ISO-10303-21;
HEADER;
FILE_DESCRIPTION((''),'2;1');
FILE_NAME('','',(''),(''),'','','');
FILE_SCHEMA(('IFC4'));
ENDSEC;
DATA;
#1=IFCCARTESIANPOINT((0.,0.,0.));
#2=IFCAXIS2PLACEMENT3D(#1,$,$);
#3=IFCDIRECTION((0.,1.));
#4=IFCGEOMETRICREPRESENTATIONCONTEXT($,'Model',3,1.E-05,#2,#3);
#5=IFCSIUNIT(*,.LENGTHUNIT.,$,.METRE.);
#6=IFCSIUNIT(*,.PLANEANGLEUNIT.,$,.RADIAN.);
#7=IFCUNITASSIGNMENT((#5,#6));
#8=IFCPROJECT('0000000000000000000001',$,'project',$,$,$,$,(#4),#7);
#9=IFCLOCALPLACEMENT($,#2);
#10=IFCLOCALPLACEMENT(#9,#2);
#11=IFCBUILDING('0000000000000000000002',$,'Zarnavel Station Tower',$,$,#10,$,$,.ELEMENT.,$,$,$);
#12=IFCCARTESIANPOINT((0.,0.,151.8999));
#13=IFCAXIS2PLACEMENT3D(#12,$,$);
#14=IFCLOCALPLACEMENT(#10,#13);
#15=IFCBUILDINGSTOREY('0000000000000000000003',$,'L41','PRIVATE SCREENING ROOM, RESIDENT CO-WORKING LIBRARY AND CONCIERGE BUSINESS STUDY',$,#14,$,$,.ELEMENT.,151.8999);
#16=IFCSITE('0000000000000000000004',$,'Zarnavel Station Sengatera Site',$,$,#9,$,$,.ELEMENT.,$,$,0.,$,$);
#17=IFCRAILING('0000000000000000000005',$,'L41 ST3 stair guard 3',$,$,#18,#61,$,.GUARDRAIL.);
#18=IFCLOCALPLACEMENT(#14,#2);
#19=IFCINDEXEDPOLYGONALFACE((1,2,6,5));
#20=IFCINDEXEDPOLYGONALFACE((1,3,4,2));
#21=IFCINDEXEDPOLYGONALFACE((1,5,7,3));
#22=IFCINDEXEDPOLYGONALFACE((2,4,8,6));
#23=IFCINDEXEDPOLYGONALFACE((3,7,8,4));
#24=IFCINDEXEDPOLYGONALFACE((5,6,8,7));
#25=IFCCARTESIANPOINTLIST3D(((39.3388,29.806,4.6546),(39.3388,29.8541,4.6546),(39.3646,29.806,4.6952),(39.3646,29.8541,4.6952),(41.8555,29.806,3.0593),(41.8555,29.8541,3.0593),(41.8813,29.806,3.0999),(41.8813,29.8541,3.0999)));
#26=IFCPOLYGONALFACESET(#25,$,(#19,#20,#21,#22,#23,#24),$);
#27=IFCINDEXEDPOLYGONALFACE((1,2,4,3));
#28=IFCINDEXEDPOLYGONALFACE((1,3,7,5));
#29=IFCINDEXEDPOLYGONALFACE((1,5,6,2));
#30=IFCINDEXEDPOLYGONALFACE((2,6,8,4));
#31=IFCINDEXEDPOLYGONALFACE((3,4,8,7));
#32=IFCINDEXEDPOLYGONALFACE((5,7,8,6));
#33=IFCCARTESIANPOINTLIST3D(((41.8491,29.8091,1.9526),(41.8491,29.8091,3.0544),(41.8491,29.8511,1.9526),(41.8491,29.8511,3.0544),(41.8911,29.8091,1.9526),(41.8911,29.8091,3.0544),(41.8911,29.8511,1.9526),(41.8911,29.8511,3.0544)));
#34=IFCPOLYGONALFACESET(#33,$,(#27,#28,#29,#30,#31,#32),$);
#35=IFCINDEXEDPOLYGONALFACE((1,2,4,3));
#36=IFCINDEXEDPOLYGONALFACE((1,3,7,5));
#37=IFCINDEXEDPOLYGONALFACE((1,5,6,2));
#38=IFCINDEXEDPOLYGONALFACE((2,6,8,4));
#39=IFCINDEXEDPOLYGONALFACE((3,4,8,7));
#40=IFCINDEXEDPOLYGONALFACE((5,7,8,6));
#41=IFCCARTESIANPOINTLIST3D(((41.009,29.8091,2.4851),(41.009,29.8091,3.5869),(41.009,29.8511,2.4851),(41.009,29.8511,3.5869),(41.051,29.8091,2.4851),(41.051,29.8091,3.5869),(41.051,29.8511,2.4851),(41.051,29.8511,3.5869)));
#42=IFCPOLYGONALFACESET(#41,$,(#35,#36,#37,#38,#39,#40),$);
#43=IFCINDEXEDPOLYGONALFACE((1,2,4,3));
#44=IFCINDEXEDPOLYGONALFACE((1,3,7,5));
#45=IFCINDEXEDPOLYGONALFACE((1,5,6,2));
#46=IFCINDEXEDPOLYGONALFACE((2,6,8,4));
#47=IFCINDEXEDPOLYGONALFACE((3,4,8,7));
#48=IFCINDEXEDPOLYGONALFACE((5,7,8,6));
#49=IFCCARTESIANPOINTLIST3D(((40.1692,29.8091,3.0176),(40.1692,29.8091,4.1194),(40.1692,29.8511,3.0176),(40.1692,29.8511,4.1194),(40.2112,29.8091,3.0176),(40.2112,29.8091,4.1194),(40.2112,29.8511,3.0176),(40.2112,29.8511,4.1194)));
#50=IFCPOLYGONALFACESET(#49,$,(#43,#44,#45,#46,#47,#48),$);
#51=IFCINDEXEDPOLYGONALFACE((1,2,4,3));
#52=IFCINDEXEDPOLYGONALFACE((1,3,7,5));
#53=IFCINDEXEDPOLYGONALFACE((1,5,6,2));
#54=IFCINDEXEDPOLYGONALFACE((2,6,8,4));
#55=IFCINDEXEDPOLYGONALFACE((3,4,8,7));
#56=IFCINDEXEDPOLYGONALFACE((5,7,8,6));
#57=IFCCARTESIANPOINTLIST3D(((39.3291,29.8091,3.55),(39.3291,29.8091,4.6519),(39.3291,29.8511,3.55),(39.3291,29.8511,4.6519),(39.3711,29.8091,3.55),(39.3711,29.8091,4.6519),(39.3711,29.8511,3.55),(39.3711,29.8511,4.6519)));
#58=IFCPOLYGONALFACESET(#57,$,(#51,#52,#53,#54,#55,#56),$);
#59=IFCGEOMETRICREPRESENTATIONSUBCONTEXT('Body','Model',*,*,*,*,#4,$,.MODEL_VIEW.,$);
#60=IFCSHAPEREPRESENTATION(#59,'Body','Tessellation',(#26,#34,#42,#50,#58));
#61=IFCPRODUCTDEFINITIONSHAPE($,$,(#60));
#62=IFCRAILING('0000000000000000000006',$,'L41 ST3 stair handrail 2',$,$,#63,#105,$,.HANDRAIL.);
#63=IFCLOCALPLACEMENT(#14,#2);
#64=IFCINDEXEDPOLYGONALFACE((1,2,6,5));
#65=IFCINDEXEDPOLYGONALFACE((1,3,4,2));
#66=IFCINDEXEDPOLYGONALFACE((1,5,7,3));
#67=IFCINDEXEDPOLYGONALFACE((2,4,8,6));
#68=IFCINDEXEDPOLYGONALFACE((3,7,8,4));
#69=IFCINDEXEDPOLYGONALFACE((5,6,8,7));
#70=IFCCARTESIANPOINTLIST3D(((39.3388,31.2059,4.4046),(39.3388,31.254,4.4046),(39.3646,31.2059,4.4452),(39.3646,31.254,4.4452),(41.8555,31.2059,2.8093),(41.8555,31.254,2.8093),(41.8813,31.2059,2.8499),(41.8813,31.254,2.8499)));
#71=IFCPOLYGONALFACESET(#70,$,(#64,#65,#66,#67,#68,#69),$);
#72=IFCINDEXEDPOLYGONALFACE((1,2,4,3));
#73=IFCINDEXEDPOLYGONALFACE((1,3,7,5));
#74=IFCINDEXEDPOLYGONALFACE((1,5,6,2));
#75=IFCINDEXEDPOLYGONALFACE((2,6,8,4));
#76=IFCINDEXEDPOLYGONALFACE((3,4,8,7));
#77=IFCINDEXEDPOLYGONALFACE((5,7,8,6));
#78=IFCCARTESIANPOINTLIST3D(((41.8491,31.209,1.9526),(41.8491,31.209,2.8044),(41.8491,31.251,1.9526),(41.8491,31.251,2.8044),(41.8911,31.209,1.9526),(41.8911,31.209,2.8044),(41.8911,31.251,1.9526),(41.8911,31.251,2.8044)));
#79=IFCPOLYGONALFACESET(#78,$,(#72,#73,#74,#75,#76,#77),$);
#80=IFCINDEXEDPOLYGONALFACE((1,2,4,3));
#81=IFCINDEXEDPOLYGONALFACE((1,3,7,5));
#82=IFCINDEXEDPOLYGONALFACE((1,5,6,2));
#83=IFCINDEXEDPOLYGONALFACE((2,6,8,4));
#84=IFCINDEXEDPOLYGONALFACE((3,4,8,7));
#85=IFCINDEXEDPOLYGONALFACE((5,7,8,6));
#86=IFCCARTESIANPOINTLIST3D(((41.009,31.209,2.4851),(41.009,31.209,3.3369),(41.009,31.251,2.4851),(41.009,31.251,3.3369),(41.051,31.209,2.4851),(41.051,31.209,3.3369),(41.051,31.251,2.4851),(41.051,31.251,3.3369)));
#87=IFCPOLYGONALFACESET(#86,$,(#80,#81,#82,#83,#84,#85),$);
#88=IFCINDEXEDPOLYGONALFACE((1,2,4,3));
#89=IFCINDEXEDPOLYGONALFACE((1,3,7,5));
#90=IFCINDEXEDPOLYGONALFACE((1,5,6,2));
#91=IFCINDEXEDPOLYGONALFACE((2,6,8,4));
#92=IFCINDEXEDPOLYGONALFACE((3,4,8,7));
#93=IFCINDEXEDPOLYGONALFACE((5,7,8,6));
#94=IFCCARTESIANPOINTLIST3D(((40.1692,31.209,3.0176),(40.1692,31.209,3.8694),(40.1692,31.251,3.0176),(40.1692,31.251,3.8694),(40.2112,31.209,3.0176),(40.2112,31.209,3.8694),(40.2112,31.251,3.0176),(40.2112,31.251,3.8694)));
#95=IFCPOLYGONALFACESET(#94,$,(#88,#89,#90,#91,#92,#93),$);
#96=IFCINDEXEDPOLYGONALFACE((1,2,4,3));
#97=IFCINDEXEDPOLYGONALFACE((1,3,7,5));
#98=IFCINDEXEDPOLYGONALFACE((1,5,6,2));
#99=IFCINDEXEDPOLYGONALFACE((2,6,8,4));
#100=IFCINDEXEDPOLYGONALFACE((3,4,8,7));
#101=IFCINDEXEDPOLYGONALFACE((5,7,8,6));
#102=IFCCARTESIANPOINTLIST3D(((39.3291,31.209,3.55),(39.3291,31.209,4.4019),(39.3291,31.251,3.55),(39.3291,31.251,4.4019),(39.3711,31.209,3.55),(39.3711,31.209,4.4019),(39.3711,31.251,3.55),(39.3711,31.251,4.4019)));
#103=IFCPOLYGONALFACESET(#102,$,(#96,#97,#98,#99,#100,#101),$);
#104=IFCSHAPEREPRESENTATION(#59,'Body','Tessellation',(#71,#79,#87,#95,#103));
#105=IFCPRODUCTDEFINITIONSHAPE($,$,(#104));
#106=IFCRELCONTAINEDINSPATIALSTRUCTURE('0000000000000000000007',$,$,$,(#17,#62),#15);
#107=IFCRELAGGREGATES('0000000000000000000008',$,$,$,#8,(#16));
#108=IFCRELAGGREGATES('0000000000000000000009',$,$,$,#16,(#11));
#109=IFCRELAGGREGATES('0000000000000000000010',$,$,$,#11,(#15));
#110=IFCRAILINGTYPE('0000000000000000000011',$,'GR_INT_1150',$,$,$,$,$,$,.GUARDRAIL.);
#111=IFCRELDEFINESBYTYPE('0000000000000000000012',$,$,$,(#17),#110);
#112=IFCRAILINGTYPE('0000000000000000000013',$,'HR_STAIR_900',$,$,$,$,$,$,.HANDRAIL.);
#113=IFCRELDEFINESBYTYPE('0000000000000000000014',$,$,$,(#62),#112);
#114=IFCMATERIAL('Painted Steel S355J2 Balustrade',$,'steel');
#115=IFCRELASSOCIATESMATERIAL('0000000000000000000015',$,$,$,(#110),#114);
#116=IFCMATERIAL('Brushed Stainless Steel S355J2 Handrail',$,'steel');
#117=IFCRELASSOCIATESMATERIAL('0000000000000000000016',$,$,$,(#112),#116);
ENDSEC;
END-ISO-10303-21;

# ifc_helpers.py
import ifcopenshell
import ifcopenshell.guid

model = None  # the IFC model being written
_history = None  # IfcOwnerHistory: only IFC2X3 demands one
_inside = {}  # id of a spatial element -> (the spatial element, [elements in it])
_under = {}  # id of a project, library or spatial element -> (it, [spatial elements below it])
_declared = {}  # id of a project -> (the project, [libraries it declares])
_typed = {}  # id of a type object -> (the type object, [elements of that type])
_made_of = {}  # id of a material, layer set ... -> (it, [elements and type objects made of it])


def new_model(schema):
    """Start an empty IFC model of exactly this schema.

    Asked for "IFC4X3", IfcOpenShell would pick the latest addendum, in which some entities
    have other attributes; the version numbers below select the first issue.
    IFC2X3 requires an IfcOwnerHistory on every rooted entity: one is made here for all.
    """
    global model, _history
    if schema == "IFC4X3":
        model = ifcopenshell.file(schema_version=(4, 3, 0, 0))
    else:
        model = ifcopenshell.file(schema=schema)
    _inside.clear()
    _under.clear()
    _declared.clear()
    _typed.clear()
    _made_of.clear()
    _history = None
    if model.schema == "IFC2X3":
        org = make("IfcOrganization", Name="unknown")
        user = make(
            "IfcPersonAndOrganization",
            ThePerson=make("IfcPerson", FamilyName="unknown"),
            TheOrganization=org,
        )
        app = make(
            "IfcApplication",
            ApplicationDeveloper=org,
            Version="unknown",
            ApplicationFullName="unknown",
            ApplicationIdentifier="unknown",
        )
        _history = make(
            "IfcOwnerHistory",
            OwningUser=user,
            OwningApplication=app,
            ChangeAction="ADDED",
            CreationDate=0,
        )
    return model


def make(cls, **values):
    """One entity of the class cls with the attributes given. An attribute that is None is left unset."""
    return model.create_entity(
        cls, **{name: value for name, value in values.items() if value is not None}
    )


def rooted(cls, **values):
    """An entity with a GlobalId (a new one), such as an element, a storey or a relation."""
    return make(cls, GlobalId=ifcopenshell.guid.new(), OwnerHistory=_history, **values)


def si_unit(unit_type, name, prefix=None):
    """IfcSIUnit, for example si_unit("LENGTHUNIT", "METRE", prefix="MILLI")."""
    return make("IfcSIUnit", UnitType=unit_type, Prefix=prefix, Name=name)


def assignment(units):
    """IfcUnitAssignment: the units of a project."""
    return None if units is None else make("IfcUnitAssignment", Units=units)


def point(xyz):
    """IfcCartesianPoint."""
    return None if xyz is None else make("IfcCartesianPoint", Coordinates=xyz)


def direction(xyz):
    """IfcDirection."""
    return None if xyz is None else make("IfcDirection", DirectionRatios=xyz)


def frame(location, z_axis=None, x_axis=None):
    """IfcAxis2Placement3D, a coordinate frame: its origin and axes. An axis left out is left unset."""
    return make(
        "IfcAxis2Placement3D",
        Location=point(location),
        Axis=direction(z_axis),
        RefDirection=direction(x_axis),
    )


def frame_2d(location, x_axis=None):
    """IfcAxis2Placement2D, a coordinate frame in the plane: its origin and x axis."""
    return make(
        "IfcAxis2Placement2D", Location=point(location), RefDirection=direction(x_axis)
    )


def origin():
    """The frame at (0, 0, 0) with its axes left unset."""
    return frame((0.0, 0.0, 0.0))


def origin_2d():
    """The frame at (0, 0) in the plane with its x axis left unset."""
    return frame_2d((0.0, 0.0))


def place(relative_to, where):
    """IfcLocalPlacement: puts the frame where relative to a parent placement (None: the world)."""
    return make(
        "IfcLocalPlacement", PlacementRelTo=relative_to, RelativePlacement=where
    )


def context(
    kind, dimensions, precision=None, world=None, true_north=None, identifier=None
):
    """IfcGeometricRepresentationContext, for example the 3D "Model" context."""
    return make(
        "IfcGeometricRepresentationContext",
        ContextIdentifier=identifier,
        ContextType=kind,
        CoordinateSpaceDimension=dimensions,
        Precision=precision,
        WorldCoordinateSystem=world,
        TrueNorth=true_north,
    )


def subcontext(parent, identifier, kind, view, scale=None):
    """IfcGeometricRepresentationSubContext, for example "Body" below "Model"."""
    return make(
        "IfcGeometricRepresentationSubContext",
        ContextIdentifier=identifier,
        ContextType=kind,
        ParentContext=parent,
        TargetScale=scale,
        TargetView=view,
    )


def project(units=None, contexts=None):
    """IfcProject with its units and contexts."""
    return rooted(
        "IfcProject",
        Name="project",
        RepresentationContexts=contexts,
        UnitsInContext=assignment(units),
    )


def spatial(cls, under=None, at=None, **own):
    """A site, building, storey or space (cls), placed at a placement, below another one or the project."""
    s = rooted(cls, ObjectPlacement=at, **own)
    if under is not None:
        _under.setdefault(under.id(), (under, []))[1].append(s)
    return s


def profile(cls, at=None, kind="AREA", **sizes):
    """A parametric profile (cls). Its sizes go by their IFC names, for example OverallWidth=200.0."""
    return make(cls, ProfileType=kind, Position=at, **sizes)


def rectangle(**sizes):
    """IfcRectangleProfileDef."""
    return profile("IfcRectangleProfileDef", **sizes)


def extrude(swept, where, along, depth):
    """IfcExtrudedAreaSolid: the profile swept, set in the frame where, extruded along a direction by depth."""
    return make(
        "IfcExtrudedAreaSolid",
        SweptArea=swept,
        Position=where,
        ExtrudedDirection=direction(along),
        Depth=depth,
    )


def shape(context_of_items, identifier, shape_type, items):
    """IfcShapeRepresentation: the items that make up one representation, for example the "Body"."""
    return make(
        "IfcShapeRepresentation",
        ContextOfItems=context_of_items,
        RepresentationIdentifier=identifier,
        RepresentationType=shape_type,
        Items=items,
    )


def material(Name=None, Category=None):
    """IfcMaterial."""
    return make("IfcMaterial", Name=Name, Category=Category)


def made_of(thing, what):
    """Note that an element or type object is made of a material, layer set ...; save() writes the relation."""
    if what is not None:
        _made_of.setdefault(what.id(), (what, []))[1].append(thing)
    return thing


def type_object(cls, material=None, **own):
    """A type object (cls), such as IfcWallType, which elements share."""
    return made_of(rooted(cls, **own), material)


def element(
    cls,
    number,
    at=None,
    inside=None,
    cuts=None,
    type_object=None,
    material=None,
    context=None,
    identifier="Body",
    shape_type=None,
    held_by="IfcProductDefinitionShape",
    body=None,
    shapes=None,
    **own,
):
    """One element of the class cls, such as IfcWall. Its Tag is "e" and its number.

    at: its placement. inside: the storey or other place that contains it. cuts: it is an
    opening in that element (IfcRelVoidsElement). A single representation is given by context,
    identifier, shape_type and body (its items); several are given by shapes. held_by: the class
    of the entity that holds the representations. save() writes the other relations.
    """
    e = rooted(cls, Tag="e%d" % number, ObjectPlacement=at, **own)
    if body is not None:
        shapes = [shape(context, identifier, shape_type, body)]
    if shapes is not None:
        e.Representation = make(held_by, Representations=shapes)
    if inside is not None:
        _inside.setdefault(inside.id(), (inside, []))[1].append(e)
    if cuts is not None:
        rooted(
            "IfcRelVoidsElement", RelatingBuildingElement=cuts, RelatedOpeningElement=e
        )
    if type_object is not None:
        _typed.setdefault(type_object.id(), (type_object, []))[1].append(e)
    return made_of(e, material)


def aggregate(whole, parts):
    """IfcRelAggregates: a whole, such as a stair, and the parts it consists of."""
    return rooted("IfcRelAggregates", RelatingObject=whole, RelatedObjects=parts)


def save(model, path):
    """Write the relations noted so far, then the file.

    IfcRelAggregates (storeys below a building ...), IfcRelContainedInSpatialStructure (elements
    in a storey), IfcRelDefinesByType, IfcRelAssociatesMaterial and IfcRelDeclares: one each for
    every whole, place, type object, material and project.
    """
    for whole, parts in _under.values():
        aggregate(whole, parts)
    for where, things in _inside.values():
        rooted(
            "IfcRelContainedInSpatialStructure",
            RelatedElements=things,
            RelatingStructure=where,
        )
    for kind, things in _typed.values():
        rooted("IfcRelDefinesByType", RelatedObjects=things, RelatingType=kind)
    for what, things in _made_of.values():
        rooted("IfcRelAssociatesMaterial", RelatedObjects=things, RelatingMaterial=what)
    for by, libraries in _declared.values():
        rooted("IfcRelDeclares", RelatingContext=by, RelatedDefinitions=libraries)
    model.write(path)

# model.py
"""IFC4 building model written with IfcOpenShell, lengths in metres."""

from ifc_helpers import new_model, si_unit, direction, frame, origin, origin_2d, place, context, subcontext, project, spatial, rectangle, extrude, material, type_object, element, save


model = new_model("IFC4")

# Units and contexts
model_context = context("Model", 3, precision=1e-05, world=origin(), true_north=direction((0.0, 1.0)))
body_context = subcontext(model_context, "Body", "Model", "MODEL_VIEW")
ifc_project = project(units=[si_unit("LENGTHUNIT", "METRE"), si_unit("PLANEANGLEUNIT", "RADIAN")], contexts=[model_context])

# Site, building, storey
site_placement = place(None, origin())
site = spatial("IfcSite", under=ifc_project, at=site_placement, Name="Zarnavel Station Sengatera Site", CompositionType="ELEMENT", RefElevation=0.0)
building_placement = place(site_placement, origin())
building = spatial("IfcBuilding", under=site, at=building_placement, Name="Zarnavel Station Tower", CompositionType="ELEMENT")
storey_placement = place(building_placement, frame((0.0, 0.0, 151.8999)))
storey = spatial("IfcBuildingStorey", under=building, at=storey_placement, Name="L41", Description="PRIVATE SCREENING ROOM, RESIDENT CO-WORKING LIBRARY AND CONCIERGE BUSINESS STUDY", CompositionType="ELEMENT", Elevation=151.8999)

# Railings
ifc_material_1 = material(Name="Painted Steel S355J2 Balustrade", Category="steel")
railing_type_1 = type_object("IfcRailingType", Name="GR_INT_1150", PredefinedType="GUARDRAIL", material=ifc_material_1)
railing_1_placement = place(storey_placement, frame((41.8701, 29.8301, 1.9526)))
element("IfcRailing", 1, at=railing_1_placement, inside=storey, type_object=railing_type_1, Name="L41 ST3 stair guard 3", PredefinedType="GUARDRAIL", context=body_context, shape_type="SweptSolid", body=[
    extrude(rectangle(XDim=0.0481, YDim=0.0481, at=origin_2d()), frame((-0.0017, 0.0, 1.127), z_axis=(-0.844607, 0.0, 0.535387), x_axis=(0.0, -1.0, 0.0)), (0.0, 0.0, 1.0), 2.9797),
    extrude(rectangle(XDim=0.042, YDim=0.042, at=origin_2d()), origin(), (0.0, 0.0, 1.0), 1.1018),
    extrude(rectangle(XDim=0.042, YDim=0.042, at=origin_2d()), frame((-0.8401, 0.0, 0.5325)), (0.0, 0.0, 1.0), 1.1018),
    extrude(rectangle(XDim=0.042, YDim=0.042, at=origin_2d()), frame((-1.6799, 0.0, 1.0649)), (0.0, 0.0, 1.0), 1.1018),
    extrude(rectangle(XDim=0.042, YDim=0.042, at=origin_2d()), frame((-2.52, 0.0, 1.5974)), (0.0, 0.0, 1.0), 1.1018),
])
ifc_material_2 = material(Name="Brushed Stainless Steel S355J2 Handrail", Category="steel")
railing_type_2 = type_object("IfcRailingType", Name="HR_STAIR_900", PredefinedType="HANDRAIL", material=ifc_material_2)
railing_2_placement = place(storey_placement, frame((41.8701, 31.23, 1.9526)))
element("IfcRailing", 2, at=railing_2_placement, inside=storey, type_object=railing_type_2, Name="L41 ST3 stair handrail 2", PredefinedType="HANDRAIL", context=body_context, shape_type="SweptSolid", body=[
    extrude(rectangle(XDim=0.0481, YDim=0.0481, at=origin_2d()), frame((-0.0017, 0.0, 0.877), z_axis=(-0.844607, 0.0, 0.535387), x_axis=(0.0, -1.0, 0.0)), (0.0, 0.0, 1.0), 2.9797),
    extrude(rectangle(XDim=0.042, YDim=0.042, at=origin_2d()), origin(), (0.0, 0.0, 1.0), 0.8518),
    extrude(rectangle(XDim=0.042, YDim=0.042, at=origin_2d()), frame((-0.8401, 0.0, 0.5325)), (0.0, 0.0, 1.0), 0.8518),
    extrude(rectangle(XDim=0.042, YDim=0.042, at=origin_2d()), frame((-1.6799, 0.0, 1.0649)), (0.0, 0.0, 1.0), 0.8518),
    extrude(rectangle(XDim=0.042, YDim=0.042, at=origin_2d()), frame((-2.52, 0.0, 1.5974)), (0.0, 0.0, 1.0), 0.8518),
])

save(model, "model.ifc")
